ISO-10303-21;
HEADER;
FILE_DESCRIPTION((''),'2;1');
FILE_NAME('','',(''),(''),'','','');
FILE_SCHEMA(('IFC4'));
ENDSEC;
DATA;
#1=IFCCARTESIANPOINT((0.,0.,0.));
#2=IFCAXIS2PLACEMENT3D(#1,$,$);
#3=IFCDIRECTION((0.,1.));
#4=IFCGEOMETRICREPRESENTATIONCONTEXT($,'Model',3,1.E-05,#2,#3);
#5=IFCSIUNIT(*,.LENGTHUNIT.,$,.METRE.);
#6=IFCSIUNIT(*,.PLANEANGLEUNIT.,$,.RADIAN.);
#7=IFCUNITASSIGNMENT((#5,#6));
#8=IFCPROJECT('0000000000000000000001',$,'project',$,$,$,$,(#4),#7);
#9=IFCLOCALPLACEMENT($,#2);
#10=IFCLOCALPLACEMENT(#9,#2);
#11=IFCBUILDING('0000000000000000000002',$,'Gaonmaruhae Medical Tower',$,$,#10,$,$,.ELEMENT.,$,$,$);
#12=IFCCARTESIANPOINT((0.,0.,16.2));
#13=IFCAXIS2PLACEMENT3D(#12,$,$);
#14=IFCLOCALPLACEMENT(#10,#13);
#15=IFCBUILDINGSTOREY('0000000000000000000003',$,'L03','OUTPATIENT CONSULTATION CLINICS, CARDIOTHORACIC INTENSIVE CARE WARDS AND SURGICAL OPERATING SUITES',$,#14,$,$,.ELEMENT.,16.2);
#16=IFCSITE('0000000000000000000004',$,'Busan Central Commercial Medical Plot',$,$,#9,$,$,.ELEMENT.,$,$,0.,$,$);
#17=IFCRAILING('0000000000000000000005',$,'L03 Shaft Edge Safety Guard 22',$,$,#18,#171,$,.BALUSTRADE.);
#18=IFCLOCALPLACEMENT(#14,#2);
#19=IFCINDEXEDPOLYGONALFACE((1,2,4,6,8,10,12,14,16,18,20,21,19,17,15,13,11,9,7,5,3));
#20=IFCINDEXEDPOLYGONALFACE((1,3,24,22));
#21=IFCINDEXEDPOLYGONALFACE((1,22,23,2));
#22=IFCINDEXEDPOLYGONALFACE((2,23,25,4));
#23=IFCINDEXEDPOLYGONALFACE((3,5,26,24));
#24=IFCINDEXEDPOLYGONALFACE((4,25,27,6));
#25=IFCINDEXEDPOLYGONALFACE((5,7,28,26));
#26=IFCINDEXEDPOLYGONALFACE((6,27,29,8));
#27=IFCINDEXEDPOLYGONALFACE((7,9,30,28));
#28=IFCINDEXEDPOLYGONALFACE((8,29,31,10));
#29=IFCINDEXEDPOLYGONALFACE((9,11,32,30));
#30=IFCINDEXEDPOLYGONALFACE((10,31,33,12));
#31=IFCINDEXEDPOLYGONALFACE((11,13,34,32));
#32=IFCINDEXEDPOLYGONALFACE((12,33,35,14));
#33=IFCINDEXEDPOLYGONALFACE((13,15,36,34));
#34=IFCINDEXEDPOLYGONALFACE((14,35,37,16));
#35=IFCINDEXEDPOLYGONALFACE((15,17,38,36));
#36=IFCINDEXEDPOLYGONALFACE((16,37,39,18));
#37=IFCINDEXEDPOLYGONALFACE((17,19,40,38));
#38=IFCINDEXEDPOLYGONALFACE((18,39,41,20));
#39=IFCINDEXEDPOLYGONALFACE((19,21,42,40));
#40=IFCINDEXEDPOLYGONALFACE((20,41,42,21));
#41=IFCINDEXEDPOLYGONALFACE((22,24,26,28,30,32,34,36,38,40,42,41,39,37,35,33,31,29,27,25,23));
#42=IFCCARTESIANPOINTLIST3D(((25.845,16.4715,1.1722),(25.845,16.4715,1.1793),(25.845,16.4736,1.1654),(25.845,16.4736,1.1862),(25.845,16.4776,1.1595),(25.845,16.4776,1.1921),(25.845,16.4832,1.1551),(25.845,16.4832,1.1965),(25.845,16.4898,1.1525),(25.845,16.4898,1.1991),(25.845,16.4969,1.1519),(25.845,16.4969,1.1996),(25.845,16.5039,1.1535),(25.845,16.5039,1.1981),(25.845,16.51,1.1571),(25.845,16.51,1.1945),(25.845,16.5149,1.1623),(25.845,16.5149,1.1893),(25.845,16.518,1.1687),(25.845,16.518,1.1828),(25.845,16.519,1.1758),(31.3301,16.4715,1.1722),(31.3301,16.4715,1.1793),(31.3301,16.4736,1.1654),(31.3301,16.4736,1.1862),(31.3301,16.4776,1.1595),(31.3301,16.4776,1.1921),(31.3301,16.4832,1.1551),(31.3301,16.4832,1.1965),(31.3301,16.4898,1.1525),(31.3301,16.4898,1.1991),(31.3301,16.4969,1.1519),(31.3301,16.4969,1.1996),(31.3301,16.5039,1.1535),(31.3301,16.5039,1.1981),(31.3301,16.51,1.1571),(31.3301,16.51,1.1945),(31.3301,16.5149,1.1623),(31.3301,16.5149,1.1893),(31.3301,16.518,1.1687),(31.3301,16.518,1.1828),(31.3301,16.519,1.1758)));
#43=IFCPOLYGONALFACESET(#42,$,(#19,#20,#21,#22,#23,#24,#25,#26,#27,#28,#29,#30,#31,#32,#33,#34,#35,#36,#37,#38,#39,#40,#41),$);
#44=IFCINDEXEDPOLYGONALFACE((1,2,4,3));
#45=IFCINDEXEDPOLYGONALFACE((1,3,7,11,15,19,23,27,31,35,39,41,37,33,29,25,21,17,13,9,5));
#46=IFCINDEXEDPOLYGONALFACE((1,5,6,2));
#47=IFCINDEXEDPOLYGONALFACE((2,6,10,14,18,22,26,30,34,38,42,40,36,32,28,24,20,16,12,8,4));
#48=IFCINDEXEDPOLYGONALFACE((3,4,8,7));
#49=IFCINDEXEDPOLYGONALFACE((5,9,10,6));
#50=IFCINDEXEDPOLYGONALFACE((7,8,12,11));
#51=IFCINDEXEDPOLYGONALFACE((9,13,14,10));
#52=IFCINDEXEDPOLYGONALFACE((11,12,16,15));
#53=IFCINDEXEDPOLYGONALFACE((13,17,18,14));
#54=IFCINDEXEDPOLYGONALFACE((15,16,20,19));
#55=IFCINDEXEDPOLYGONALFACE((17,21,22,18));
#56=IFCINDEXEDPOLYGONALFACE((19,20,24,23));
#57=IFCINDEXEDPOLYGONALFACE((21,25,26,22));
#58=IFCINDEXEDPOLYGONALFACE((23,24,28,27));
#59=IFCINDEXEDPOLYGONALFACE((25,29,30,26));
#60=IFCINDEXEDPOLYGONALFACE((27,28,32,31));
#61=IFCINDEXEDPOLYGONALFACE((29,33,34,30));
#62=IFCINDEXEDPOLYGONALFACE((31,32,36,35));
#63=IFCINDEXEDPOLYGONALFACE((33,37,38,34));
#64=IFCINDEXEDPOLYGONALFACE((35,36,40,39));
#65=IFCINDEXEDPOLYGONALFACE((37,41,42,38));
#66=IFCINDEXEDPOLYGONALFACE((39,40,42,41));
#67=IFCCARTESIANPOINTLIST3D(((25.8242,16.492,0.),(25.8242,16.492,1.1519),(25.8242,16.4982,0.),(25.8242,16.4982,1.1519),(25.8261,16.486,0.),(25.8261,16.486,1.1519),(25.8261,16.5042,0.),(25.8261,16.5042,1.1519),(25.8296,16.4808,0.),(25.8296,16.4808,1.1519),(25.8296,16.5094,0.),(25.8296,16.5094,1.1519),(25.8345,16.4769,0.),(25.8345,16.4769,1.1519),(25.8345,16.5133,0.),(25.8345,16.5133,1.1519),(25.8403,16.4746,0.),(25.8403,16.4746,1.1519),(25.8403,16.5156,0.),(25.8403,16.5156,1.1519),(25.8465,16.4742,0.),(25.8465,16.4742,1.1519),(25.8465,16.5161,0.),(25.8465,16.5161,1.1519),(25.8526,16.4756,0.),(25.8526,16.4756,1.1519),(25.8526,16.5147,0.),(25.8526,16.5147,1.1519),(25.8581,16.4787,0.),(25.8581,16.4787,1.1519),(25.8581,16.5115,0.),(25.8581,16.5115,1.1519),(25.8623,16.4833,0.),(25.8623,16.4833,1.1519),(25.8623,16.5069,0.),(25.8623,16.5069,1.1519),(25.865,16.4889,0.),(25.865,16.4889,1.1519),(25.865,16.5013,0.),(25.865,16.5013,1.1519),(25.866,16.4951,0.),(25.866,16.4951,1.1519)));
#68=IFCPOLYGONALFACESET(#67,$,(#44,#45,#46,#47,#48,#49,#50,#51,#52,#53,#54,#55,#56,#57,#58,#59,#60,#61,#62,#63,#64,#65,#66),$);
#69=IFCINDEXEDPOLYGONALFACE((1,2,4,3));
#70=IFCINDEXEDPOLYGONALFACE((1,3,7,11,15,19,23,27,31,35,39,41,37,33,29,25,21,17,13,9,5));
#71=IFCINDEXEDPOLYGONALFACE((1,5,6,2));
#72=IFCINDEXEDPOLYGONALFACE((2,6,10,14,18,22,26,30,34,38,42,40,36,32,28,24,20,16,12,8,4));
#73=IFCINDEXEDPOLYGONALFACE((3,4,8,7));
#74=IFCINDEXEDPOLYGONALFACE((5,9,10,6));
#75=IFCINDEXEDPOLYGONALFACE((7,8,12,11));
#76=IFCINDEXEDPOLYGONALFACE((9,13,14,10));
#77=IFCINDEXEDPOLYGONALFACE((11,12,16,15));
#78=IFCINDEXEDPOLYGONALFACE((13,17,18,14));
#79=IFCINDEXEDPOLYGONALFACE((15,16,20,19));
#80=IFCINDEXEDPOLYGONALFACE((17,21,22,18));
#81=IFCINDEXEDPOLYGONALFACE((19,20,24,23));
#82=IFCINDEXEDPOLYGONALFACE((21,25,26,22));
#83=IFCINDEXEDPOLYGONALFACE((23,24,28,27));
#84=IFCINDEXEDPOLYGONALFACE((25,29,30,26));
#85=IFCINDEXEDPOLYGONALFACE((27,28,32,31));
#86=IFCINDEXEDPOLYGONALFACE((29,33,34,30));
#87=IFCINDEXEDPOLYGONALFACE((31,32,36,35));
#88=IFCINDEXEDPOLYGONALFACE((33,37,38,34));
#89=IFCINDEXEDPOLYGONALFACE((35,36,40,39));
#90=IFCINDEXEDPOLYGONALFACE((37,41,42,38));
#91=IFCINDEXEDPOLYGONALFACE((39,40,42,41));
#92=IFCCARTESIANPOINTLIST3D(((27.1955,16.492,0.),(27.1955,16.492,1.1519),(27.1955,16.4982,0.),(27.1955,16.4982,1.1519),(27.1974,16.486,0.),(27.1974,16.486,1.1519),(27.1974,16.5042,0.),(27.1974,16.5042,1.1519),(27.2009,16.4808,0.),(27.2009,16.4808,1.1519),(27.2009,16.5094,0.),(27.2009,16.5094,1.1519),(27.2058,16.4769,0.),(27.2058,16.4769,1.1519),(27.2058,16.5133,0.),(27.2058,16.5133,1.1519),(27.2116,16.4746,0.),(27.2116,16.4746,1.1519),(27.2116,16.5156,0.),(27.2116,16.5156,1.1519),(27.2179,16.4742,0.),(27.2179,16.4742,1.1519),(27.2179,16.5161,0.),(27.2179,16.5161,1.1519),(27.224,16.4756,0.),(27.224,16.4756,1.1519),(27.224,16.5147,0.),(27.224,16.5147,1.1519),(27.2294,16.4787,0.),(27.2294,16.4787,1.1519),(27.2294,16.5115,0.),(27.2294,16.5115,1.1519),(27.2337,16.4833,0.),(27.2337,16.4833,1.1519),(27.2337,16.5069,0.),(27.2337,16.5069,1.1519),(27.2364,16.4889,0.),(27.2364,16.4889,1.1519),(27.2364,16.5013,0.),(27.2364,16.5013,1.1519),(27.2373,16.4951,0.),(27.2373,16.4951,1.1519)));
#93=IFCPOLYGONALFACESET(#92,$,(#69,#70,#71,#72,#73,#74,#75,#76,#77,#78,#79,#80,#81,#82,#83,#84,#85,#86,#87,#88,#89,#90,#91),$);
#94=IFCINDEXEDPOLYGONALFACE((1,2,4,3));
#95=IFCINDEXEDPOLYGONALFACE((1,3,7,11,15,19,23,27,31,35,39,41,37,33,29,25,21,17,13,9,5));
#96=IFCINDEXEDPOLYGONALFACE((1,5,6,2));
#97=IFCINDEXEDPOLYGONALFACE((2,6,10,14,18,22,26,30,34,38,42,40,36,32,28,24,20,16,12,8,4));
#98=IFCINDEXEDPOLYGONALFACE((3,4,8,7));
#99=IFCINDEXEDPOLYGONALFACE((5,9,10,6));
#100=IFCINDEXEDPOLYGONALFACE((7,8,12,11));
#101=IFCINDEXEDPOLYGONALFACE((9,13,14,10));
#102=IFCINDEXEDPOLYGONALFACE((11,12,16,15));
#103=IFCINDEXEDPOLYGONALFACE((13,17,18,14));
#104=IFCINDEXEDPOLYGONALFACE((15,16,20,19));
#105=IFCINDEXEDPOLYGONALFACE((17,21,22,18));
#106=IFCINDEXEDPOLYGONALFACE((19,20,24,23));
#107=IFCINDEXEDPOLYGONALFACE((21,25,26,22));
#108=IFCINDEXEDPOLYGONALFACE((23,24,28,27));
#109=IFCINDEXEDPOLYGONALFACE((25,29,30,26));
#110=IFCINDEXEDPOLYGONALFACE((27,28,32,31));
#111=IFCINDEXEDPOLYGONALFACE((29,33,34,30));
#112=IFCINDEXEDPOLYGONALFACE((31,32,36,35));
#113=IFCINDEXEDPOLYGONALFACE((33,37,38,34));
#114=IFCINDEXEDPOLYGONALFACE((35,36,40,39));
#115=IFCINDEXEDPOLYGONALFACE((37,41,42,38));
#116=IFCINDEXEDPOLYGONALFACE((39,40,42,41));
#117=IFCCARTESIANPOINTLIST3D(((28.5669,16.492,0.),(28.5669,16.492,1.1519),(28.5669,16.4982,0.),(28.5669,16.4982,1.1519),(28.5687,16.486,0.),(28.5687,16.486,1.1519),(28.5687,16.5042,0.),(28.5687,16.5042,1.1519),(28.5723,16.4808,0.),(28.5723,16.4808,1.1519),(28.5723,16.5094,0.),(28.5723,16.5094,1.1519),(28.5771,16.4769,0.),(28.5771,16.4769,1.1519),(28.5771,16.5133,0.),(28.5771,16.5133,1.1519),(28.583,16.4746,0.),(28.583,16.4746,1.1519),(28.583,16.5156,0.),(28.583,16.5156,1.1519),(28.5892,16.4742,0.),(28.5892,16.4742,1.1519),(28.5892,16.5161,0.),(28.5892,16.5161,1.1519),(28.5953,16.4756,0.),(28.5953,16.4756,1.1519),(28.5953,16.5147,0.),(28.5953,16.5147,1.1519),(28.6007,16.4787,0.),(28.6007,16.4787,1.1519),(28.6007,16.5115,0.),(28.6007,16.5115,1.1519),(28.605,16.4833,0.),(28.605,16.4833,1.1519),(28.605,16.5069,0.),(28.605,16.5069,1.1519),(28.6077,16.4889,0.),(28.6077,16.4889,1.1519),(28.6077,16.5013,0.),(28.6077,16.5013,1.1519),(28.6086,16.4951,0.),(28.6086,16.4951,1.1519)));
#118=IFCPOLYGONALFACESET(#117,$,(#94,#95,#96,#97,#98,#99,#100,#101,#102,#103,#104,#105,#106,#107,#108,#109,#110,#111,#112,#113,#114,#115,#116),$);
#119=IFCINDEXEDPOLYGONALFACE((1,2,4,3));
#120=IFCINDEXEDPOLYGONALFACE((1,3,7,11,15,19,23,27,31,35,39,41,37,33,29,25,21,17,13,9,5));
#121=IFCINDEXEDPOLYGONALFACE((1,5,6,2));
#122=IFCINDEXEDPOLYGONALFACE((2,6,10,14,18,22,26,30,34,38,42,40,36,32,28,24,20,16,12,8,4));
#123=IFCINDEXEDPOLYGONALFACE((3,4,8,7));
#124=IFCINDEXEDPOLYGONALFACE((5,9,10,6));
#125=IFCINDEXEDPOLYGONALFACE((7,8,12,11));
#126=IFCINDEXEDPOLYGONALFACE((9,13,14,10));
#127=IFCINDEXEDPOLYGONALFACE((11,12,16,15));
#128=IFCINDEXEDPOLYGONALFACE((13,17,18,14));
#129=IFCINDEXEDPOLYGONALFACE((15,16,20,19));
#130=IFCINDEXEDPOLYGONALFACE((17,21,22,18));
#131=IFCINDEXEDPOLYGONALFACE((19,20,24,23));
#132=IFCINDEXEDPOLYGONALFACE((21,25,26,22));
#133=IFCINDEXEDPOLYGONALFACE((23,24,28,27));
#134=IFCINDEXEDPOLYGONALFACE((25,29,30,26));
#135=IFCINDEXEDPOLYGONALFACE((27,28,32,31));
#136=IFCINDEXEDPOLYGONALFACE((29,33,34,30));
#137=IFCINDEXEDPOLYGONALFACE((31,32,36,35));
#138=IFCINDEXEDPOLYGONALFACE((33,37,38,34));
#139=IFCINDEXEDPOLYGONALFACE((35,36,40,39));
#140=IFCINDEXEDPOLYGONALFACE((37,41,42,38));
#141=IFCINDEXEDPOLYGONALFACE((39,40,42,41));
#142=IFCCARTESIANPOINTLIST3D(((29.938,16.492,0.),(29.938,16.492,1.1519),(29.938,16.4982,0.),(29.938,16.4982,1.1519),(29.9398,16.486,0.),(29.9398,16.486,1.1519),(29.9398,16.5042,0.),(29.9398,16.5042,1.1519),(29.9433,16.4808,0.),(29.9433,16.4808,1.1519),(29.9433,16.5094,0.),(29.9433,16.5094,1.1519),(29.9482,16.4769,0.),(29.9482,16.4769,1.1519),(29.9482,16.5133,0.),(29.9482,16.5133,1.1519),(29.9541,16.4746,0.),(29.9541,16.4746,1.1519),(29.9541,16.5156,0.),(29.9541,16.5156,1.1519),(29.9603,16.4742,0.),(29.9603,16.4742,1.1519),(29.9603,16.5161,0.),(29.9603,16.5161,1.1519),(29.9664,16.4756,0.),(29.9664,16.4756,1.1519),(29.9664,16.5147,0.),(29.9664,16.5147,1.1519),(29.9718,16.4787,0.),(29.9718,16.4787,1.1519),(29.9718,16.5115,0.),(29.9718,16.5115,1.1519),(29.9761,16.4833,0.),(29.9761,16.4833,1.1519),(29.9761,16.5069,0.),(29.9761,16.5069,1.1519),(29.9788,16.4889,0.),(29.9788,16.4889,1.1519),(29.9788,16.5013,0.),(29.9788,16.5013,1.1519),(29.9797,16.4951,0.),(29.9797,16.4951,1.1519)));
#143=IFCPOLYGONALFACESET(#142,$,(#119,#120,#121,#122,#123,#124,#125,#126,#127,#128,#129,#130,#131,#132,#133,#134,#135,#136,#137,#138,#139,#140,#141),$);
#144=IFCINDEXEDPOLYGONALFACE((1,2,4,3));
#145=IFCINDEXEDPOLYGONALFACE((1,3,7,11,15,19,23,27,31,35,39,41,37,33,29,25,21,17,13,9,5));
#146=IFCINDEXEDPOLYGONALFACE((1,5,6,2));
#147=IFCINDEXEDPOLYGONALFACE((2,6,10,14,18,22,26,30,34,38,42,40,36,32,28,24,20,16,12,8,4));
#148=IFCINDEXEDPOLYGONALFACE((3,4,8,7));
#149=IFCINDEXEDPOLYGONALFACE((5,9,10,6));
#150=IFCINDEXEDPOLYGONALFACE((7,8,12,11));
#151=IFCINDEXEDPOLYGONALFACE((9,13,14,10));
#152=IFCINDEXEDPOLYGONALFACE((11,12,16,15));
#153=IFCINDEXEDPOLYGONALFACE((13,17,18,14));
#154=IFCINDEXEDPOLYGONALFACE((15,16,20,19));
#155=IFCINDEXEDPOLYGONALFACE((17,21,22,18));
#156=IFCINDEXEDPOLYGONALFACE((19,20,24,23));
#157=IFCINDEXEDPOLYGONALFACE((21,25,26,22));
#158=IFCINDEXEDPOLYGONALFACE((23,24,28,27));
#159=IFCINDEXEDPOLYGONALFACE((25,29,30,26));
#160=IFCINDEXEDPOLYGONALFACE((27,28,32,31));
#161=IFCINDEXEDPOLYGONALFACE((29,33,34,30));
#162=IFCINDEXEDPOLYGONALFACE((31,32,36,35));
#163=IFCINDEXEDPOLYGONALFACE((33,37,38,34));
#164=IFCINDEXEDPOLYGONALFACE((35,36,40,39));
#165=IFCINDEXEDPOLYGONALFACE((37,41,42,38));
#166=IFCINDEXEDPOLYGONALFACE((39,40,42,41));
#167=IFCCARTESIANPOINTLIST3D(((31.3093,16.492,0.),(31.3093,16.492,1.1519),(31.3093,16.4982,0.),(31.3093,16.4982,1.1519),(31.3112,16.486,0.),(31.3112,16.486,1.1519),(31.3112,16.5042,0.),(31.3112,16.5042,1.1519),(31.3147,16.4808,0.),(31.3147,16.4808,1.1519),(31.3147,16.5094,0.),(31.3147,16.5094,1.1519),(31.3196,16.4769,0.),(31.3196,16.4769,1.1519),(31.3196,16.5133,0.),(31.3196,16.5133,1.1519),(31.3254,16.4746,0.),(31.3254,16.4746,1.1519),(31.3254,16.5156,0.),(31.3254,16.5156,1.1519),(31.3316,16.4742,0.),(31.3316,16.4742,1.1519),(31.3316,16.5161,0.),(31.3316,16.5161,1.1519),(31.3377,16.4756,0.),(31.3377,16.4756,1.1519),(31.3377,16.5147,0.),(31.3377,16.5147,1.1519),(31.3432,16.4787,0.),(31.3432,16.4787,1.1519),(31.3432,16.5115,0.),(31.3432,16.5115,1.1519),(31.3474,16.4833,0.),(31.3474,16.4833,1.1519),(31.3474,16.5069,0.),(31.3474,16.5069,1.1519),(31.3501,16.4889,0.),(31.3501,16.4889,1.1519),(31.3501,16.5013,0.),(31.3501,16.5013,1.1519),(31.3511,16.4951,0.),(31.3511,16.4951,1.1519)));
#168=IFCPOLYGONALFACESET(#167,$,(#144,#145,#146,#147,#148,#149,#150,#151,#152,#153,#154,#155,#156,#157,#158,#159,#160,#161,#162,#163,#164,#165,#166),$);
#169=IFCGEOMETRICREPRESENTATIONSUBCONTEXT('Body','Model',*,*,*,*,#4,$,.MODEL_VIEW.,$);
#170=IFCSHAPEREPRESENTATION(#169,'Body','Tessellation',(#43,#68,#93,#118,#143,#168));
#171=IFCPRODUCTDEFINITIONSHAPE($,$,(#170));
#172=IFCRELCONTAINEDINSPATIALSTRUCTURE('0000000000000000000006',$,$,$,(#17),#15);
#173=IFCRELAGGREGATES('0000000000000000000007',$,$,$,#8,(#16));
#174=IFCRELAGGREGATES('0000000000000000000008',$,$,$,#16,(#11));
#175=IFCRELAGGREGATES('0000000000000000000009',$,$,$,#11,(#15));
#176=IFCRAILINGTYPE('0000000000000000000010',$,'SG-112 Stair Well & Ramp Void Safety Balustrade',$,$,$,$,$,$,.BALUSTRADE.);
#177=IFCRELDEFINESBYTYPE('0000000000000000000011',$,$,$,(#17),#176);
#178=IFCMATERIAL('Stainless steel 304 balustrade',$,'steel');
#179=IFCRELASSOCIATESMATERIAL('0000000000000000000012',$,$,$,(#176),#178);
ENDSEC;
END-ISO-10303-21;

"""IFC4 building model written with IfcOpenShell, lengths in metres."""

from ifc_helpers import new_model, si_unit, direction, frame, origin, origin_2d, place, context, subcontext, project, spatial, circle, extrude, material, type_object, element, save


model = new_model("IFC4")

# Units and contexts
model_context = context("Model", 3, precision=1e-05, world=origin(), true_north=direction((0.0, 1.0)))
body_context = subcontext(model_context, "Body", "Model", "MODEL_VIEW")
ifc_project = project(units=[si_unit("LENGTHUNIT", "METRE"), si_unit("PLANEANGLEUNIT", "RADIAN")], contexts=[model_context])

# Site, building, storey
site_placement = place(None, origin())
site = spatial("IfcSite", under=ifc_project, at=site_placement, Name="Busan Central Commercial Medical Plot", CompositionType="ELEMENT", RefElevation=0.0)
building_placement = place(site_placement, origin())
building = spatial("IfcBuilding", under=site, at=building_placement, Name="Gaonmaruhae Medical Tower", CompositionType="ELEMENT")
storey_placement = place(building_placement, frame((0.0, 0.0, 16.2)))
storey = spatial("IfcBuildingStorey", under=building, at=storey_placement, Name="L03", Description="OUTPATIENT CONSULTATION CLINICS, CARDIOTHORACIC INTENSIVE CARE WARDS AND SURGICAL OPERATING SUITES", CompositionType="ELEMENT", Elevation=16.2)

# Railing
ifc_material_1 = material(Name="Stainless steel 304 balustrade", Category="steel")
railing_type = type_object("IfcRailingType", Name="SG-112 Stair Well & Ramp Void Safety Balustrade", PredefinedType="BALUSTRADE", material=ifc_material_1)
railing_1_placement = place(storey_placement, frame((25.845, 16.4951, 0.0)))
element("IfcRailing", 1, at=railing_1_placement, inside=storey, type_object=railing_type, Name="L03 Shaft Edge Safety Guard 22", PredefinedType="BALUSTRADE", context=body_context, shape_type="SweptSolid", body=[
    extrude(circle(Radius=0.0239, at=origin_2d()), frame((0.0, 0.0, 1.1758), z_axis=(1.0, 0.0, 0.0), x_axis=(0.0, 1.0, 0.0)), (0.0, 0.0, 1.0), 5.4851),
    extrude(circle(Radius=0.021, at=origin_2d()), origin(), (0.0, 0.0, 1.0), 1.1519),
    extrude(circle(Radius=0.021, at=origin_2d()), frame((1.3713, 0.0, 0.0)), (0.0, 0.0, 1.0), 1.1519),
    extrude(circle(Radius=0.021, at=origin_2d()), frame((2.7427, 0.0, 0.0)), (0.0, 0.0, 1.0), 1.1519),
    extrude(circle(Radius=0.021, at=origin_2d()), frame((4.1138, 0.0, 0.0)), (0.0, 0.0, 1.0), 1.1519),
    extrude(circle(Radius=0.021, at=origin_2d()), frame((5.4851, 0.0, 0.0)), (0.0, 0.0, 1.0), 1.1519),
])

save(model, "model.ifc")
